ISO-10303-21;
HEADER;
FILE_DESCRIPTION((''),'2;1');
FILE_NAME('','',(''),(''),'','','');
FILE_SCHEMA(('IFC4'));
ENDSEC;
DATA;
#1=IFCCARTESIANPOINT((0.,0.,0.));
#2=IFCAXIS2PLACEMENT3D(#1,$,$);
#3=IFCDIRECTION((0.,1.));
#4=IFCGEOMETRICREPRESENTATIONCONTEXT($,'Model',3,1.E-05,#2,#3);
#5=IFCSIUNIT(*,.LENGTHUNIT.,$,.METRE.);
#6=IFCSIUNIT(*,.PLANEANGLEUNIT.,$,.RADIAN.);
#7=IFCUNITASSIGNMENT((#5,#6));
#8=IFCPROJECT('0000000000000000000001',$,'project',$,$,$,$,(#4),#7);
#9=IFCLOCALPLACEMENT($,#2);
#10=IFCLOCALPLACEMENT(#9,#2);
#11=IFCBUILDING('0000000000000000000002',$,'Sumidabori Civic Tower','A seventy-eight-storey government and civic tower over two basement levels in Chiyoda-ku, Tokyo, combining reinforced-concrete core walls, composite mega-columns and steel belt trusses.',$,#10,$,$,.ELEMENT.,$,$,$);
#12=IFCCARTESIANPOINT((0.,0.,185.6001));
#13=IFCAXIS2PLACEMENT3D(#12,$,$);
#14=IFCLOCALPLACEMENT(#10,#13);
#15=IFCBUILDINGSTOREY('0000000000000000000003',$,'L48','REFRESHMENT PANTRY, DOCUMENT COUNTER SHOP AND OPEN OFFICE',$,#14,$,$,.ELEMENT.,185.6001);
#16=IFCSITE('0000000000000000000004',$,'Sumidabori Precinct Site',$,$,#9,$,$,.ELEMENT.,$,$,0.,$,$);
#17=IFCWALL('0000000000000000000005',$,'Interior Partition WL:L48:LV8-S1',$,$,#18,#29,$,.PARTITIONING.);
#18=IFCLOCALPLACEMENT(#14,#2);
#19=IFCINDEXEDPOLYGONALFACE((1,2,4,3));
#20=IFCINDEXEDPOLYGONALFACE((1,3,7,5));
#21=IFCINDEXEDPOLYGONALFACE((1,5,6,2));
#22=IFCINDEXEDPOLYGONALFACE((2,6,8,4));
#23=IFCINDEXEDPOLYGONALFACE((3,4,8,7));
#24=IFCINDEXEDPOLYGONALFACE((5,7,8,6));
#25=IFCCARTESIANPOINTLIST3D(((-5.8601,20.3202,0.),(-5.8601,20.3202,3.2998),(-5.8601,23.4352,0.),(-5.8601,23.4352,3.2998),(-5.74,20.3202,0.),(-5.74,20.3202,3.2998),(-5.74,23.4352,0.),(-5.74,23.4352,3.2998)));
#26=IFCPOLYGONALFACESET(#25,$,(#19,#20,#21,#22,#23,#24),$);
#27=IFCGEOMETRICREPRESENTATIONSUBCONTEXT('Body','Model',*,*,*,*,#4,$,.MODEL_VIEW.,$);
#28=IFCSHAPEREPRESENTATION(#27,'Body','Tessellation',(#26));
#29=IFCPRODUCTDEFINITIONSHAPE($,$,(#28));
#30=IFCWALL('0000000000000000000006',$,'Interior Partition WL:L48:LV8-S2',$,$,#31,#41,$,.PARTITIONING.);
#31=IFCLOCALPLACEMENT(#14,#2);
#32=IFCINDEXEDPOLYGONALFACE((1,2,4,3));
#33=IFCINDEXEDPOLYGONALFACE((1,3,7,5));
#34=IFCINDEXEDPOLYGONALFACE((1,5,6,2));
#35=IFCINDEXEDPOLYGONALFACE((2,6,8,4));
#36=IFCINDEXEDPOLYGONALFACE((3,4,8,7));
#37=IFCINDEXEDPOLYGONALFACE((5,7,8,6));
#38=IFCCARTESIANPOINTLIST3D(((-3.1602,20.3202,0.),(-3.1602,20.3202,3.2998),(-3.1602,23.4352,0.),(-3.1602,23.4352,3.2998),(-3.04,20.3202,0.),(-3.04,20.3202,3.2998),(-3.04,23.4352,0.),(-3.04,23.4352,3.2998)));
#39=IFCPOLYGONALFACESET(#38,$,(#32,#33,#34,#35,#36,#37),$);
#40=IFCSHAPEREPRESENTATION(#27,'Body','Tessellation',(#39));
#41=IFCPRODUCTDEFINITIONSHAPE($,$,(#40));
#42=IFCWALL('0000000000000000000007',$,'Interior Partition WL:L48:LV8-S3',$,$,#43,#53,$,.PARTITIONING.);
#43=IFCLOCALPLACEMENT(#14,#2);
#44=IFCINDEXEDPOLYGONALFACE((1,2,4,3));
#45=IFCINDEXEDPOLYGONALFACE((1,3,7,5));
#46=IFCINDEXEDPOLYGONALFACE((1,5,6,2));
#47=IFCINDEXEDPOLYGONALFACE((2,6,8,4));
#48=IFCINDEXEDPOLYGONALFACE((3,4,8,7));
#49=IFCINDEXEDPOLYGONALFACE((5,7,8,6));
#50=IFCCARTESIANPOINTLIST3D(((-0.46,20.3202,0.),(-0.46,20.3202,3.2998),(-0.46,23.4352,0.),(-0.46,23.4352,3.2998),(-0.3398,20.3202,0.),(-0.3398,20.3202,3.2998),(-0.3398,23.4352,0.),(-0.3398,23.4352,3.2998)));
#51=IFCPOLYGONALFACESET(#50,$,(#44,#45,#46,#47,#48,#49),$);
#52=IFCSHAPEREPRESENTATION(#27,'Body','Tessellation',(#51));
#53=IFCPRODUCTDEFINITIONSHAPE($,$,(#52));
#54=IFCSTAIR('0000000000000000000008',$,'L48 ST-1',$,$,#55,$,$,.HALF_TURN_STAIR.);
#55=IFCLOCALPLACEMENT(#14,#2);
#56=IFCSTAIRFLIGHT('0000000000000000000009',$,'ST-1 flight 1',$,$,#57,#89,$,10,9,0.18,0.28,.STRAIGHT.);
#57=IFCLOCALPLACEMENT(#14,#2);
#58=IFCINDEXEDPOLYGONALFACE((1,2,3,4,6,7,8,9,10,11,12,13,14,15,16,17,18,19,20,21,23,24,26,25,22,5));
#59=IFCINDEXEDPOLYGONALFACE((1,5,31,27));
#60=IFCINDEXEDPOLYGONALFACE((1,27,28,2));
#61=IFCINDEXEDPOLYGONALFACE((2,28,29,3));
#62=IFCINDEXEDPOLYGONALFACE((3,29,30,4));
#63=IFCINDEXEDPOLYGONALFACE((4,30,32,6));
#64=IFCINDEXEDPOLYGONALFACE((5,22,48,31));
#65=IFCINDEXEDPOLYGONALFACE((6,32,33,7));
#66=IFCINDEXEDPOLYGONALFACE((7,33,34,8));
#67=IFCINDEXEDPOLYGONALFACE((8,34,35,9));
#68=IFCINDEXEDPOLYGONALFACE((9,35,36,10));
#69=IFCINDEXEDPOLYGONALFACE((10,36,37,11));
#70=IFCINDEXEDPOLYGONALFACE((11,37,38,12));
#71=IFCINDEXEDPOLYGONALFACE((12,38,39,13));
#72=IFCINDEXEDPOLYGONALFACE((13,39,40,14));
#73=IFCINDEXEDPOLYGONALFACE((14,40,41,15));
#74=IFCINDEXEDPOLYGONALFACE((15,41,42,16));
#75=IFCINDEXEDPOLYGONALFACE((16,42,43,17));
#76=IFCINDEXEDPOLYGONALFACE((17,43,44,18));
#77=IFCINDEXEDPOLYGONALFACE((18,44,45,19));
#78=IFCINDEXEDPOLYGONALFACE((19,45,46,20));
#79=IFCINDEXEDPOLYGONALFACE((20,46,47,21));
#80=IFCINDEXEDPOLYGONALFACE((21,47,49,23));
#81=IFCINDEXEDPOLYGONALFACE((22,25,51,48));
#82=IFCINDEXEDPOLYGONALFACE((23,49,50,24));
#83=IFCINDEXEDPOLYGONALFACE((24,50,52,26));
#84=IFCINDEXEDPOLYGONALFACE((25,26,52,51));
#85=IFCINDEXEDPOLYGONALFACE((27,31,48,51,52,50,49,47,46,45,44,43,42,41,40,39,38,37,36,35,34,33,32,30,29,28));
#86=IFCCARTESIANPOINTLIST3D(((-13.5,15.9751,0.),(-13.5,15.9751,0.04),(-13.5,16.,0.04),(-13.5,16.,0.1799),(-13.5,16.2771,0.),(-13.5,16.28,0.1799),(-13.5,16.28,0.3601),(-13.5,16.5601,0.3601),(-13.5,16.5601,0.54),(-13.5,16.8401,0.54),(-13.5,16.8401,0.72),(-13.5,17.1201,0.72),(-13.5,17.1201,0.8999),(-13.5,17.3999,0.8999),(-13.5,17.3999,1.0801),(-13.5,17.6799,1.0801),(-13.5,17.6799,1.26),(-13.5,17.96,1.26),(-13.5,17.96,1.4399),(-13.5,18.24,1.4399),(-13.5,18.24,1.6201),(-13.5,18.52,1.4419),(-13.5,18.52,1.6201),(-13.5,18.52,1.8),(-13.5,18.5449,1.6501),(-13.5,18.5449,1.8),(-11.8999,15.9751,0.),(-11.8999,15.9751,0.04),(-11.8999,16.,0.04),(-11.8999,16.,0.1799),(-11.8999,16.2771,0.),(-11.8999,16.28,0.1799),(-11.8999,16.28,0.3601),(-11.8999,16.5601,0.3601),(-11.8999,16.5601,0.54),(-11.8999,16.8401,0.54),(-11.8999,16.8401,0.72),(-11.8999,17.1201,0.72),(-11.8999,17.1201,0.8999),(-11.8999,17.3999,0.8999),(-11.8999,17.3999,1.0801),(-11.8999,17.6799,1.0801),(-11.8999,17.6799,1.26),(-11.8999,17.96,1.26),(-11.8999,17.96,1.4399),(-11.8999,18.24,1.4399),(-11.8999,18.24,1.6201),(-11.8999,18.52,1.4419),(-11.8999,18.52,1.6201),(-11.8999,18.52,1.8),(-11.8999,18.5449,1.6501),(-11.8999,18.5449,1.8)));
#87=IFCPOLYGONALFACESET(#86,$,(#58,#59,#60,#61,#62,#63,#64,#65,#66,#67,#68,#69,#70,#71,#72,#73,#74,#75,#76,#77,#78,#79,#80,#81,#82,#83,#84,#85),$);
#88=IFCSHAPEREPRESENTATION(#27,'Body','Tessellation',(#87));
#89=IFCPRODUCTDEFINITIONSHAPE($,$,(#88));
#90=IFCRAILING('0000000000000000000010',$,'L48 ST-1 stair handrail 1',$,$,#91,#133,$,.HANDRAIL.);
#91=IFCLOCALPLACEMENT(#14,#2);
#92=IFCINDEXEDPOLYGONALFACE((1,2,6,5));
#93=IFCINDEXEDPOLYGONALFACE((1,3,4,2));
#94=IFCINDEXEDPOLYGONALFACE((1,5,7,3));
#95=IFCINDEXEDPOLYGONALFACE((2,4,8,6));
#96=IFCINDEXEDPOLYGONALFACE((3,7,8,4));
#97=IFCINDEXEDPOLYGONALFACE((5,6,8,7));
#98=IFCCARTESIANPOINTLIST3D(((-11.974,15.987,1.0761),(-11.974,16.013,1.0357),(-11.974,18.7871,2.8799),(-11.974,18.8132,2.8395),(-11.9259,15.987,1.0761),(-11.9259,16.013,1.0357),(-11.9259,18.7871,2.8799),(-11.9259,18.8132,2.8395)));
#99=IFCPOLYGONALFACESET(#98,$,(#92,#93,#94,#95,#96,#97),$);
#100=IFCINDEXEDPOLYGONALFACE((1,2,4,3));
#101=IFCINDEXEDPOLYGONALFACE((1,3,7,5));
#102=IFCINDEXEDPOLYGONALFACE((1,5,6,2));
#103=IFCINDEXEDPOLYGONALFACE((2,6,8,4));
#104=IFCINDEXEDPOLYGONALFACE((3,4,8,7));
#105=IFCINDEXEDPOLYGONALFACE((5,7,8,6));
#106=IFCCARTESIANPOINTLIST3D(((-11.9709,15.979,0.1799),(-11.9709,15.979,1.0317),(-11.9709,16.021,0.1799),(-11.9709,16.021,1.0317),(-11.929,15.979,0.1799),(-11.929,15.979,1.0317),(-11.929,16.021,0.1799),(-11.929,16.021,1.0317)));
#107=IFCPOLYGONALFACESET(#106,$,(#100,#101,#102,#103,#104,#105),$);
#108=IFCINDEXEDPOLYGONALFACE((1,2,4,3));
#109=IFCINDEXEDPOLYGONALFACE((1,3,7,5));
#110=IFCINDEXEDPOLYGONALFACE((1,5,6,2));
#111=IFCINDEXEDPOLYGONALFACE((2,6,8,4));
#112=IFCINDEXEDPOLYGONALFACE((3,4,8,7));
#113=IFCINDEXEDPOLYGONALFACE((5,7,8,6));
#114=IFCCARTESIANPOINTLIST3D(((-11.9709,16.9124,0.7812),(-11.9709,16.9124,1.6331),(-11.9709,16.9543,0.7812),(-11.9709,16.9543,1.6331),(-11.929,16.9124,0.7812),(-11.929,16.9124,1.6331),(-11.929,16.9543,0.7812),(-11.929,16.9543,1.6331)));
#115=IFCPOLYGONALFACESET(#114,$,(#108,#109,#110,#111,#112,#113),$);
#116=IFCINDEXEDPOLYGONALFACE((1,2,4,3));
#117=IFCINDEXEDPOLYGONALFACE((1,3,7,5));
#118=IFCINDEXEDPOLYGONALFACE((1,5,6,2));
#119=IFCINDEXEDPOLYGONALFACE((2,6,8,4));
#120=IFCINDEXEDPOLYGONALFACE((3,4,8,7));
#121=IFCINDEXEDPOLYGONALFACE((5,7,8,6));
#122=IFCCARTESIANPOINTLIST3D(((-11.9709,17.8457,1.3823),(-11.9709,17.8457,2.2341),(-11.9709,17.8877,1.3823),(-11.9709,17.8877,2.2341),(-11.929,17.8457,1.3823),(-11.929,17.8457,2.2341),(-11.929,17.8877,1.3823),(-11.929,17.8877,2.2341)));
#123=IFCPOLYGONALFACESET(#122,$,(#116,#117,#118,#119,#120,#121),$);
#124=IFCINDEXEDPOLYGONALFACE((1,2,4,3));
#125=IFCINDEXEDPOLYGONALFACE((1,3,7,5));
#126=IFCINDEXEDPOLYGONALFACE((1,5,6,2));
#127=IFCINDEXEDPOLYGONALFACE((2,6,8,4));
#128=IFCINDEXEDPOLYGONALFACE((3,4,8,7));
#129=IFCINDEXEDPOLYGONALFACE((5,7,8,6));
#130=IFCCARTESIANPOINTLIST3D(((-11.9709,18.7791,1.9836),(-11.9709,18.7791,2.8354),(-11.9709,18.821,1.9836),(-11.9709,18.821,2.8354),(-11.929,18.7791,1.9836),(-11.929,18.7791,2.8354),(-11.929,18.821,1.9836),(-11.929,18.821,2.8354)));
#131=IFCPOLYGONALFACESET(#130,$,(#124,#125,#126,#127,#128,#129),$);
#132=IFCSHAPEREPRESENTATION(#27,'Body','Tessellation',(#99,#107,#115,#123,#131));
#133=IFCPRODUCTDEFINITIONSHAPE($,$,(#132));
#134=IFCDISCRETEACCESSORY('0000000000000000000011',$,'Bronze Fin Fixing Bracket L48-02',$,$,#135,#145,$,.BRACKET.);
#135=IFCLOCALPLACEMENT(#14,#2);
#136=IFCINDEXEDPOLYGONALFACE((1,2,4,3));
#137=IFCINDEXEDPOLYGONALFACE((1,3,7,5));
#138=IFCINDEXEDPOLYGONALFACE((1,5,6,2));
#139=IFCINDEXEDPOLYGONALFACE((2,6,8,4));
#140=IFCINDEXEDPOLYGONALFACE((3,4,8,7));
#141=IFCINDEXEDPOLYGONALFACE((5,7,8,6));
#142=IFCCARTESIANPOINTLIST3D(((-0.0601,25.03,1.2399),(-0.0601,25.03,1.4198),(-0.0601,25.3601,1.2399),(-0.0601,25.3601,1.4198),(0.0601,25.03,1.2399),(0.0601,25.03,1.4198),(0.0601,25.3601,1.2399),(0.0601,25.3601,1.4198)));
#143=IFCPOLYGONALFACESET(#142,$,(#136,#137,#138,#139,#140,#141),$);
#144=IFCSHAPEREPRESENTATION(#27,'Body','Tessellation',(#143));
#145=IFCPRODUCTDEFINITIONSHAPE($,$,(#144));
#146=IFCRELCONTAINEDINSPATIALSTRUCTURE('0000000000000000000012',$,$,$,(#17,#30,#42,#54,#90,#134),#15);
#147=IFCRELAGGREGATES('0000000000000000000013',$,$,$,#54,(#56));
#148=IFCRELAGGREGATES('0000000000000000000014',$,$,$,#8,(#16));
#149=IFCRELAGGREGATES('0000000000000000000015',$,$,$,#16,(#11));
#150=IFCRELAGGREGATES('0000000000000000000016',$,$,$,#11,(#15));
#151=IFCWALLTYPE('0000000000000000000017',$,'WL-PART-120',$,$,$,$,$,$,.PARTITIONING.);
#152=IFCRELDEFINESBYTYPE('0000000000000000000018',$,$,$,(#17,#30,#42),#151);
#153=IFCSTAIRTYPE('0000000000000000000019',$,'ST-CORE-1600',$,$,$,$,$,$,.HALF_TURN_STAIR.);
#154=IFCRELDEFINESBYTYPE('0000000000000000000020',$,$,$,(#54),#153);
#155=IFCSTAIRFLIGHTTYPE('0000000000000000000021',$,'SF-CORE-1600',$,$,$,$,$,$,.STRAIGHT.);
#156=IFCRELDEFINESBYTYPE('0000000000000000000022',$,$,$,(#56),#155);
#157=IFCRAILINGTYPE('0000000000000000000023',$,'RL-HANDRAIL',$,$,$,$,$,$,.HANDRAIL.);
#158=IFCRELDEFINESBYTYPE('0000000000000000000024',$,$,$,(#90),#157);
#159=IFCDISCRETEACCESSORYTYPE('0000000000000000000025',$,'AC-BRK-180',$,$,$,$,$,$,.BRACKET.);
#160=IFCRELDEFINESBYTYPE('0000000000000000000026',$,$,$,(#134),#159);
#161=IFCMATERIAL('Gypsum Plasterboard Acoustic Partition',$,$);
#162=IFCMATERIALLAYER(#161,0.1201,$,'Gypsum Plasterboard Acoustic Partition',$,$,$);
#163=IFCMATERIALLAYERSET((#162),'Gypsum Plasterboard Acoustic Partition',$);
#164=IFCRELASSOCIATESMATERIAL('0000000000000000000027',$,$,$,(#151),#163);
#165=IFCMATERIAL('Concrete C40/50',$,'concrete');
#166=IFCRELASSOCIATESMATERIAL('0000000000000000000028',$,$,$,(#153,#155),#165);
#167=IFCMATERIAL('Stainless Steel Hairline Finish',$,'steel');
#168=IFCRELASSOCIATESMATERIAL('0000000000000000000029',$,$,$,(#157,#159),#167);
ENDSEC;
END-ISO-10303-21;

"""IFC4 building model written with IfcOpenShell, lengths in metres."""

from ifc_helpers import new_model, si_unit, direction, frame, frame_2d, origin, origin_2d, place, context, subcontext, project, spatial, polyline, rectangle, outline, extrude, source, transform, mapped, material, layer, layer_set, material_profile, profile_set, type_object, element, aggregate, save


model = new_model("IFC4")

# Units and contexts
model_context = context("Model", 3, precision=1e-05, world=origin(), true_north=direction((0.0, 1.0)))
body_context = subcontext(model_context, "Body", "Model", "MODEL_VIEW")
ifc_project = project(units=[si_unit("LENGTHUNIT", "METRE"), si_unit("PLANEANGLEUNIT", "RADIAN")], contexts=[model_context])

# Site, building, storey
site_placement = place(None, origin())
site = spatial("IfcSite", under=ifc_project, at=site_placement, Name="Sumidabori Precinct Site", CompositionType="ELEMENT", RefElevation=0.0)
building_placement = place(site_placement, origin())
building = spatial("IfcBuilding", under=site, at=building_placement, Name="Sumidabori Civic Tower", Description="A seventy-eight-storey government and civic tower over two basement levels in Chiyoda-ku, Tokyo, combining reinforced-concrete core walls, composite mega-columns and steel belt trusses.", CompositionType="ELEMENT")
storey_placement = place(building_placement, frame((0.0, 0.0, 185.6001)))
storey = spatial("IfcBuildingStorey", under=building, at=storey_placement, Name="L48", Description="REFRESHMENT PANTRY, DOCUMENT COUNTER SHOP AND OPEN OFFICE", CompositionType="ELEMENT", Elevation=185.6001)

# Shared definitions
ifc_material_1 = material(Name="Gypsum Plasterboard Acoustic Partition")

# Walls
ifc_layer_1 = layer(ifc_material_1, 0.1201, Name="Gypsum Plasterboard Acoustic Partition")
ifc_layer_set_1 = layer_set([ifc_layer_1], Name="Gypsum Plasterboard Acoustic Partition")
wall_type_1 = type_object("IfcWallType", Name="WL-PART-120", PredefinedType="PARTITIONING", material=ifc_layer_set_1)
shared_shape_1 = source(origin(), body_context, "Body", "SweptSolid", [
    extrude(rectangle(XDim=3.115, YDim=0.1201, at=frame_2d((1.5576, 0.0))), origin(), (0.0, 0.0, 1.0), 3.2998),
])
for number, where, z_axis, x_axis, name in (
    (1, (-5.8, 20.3201, 0.0), (0.0, 0.0, 1.0), (0.0, 1.0, 0.0), "Interior Partition WL:L48:LV8-S1"),
    (2, (-3.1001, 20.3201, 0.0), (0.0, 0.0, 1.0), (0.0, 1.0, 0.0), "Interior Partition WL:L48:LV8-S2"),
    (3, (-0.3999, 20.3201, 0.0), (0.0, 0.0, 1.0), (0.0, 1.0, 0.0), "Interior Partition WL:L48:LV8-S3"),
):
    element("IfcWall", number, at=place(storey_placement, frame(where, z_axis=z_axis, x_axis=x_axis)), inside=storey, type_object=wall_type_1, Name=name, PredefinedType="PARTITIONING", context=body_context, shape_type="MappedRepresentation", body=[
        mapped(shared_shape_1, transform((0.0, 0.0, 0.0), x_axis=(1.0, 0.0, 0.0), y_axis=(0.0, 1.0, 0.0), z_axis=(0.0, 0.0, 1.0), scale=1.0)),
    ])

# Stair, stair flight
ifc_material_2 = material(Name="Concrete C40/50", Category="concrete")
stair_type = type_object("IfcStairType", Name="ST-CORE-1600", PredefinedType="HALF_TURN_STAIR", material=ifc_material_2)
stair_placement = place(storey_placement, origin())
stair = element("IfcStair", 4, at=stair_placement, inside=storey, type_object=stair_type, Name="L48 ST-1", PredefinedType="HALF_TURN_STAIR")
stair_flight_type = type_object("IfcStairFlightType", Name="SF-CORE-1600", PredefinedType="STRAIGHT", material=ifc_material_2)
shared_shape_2 = source(origin(), body_context, "Body", "SweptSolid", [
    extrude(outline(polyline([(-0.0249, 0.0), (-0.0249, 0.04), (0.0, 0.04), (0.0, 0.1799), (0.28, 0.1799), (0.28, 0.3601), (0.5601, 0.3601), (0.5601, 0.54), (0.8401, 0.54), (0.8401, 0.72), (1.1201, 0.72), (1.1201, 0.8999), (1.3999, 0.8999), (1.3999, 1.0801), (1.6799, 1.0801), (1.6799, 1.26), (1.96, 1.26), (1.96, 1.4399), (2.24, 1.4399), (2.24, 1.6201), (2.52, 1.6201), (2.52, 1.8), (2.5449, 1.8), (2.5449, 1.6501), (2.52, 1.4419), (0.2771, 0.0), (-0.0249, 0.0)])), frame((0.0, 0.8, 0.0), z_axis=(0.0, -1.0, 0.0), x_axis=(1.0, 0.0, 0.0)), (0.0, 0.0, 1.0), 1.6001),
])
stair_flight_placement = place(storey_placement, frame((-12.7, 16.0, 0.0), z_axis=(0.0, 0.0, 1.0), x_axis=(0.0, 1.0, 0.0)))
stair_flight = element("IfcStairFlight", 5, at=stair_flight_placement, type_object=stair_flight_type, Name="ST-1 flight 1", NumberOfRisers=10, NumberOfTreads=9, PredefinedType="STRAIGHT", RiserHeight=0.18, TreadLength=0.28, context=body_context, shape_type="MappedRepresentation", body=[
    mapped(shared_shape_2, transform((0.0, 0.0, 0.0), x_axis=(1.0, 0.0, 0.0), y_axis=(0.0, 1.0, 0.0), z_axis=(0.0, 0.0, 1.0), scale=1.0)),
])
aggregate(stair, [stair_flight])

# Railing
ifc_material_3 = material(Name="Stainless Steel Hairline Finish", Category="steel")
railing_type = type_object("IfcRailingType", Name="RL-HANDRAIL", PredefinedType="HANDRAIL", material=ifc_material_3)
railing_placement = place(storey_placement, frame((-11.95, 16.0, 0.1799)))
element("IfcRailing", 6, at=railing_placement, inside=storey, type_object=railing_type, Name="L48 ST-1 stair handrail 1", PredefinedType="HANDRAIL", context=body_context, shape_type="SweptSolid", body=[
    extrude(rectangle(XDim=0.0481, YDim=0.0481, at=origin_2d()), frame((0.0, 0.0, 0.876), z_axis=(0.0, 0.840676, 0.541539), x_axis=(-1.0, 0.0, 0.0)), (0.0, 0.0, 1.0), 3.3308),
    extrude(rectangle(XDim=0.042, YDim=0.042, at=origin_2d()), origin(), (0.0, 0.0, 1.0), 0.8518),
    extrude(rectangle(XDim=0.042, YDim=0.042, at=origin_2d()), frame((0.0, 0.9333, 0.6013)), (0.0, 0.0, 1.0), 0.8518),
    extrude(rectangle(XDim=0.042, YDim=0.042, at=origin_2d()), frame((0.0, 1.8667, 1.2024)), (0.0, 0.0, 1.0), 0.8518),
    extrude(rectangle(XDim=0.042, YDim=0.042, at=origin_2d()), frame((0.0, 2.8, 1.8037)), (0.0, 0.0, 1.0), 0.8518),
])

# Discrete accessory
ifc_material_profile_1 = material_profile(ifc_material_3, rectangle(XDim=0.1201, YDim=0.1799, at=origin_2d()), Name="STEEL BRACKET 180x120")
ifc_profile_set_1 = profile_set([ifc_material_profile_1], Name="Stainless Steel Hairline Finish")
discrete_accessory_type = type_object("IfcDiscreteAccessoryType", Name="AC-BRK-180", PredefinedType="BRACKET", material=ifc_profile_set_1)
shared_shape_3 = source(origin(), body_context, "Body", "SweptSolid", [
    extrude(rectangle(XDim=0.1201, YDim=0.1799, at=origin_2d()), origin(), (0.0, 0.0, 1.0), 0.3301),
])
discrete_accessory_placement = place(storey_placement, frame((0.0, 25.03, 1.3298), z_axis=(0.0, 1.0, 0.0), x_axis=(-1.0, 0.0, 0.0)))
element("IfcDiscreteAccessory", 7, at=discrete_accessory_placement, inside=storey, type_object=discrete_accessory_type, Name="Bronze Fin Fixing Bracket L48-02", PredefinedType="BRACKET", context=body_context, shape_type="MappedRepresentation", body=[
    mapped(shared_shape_3, transform((0.0, 0.0, 0.0), x_axis=(1.0, 0.0, 0.0), y_axis=(0.0, 1.0, 0.0), z_axis=(0.0, 0.0, 1.0), scale=1.0)),
])

save(model, "model.ifc")
